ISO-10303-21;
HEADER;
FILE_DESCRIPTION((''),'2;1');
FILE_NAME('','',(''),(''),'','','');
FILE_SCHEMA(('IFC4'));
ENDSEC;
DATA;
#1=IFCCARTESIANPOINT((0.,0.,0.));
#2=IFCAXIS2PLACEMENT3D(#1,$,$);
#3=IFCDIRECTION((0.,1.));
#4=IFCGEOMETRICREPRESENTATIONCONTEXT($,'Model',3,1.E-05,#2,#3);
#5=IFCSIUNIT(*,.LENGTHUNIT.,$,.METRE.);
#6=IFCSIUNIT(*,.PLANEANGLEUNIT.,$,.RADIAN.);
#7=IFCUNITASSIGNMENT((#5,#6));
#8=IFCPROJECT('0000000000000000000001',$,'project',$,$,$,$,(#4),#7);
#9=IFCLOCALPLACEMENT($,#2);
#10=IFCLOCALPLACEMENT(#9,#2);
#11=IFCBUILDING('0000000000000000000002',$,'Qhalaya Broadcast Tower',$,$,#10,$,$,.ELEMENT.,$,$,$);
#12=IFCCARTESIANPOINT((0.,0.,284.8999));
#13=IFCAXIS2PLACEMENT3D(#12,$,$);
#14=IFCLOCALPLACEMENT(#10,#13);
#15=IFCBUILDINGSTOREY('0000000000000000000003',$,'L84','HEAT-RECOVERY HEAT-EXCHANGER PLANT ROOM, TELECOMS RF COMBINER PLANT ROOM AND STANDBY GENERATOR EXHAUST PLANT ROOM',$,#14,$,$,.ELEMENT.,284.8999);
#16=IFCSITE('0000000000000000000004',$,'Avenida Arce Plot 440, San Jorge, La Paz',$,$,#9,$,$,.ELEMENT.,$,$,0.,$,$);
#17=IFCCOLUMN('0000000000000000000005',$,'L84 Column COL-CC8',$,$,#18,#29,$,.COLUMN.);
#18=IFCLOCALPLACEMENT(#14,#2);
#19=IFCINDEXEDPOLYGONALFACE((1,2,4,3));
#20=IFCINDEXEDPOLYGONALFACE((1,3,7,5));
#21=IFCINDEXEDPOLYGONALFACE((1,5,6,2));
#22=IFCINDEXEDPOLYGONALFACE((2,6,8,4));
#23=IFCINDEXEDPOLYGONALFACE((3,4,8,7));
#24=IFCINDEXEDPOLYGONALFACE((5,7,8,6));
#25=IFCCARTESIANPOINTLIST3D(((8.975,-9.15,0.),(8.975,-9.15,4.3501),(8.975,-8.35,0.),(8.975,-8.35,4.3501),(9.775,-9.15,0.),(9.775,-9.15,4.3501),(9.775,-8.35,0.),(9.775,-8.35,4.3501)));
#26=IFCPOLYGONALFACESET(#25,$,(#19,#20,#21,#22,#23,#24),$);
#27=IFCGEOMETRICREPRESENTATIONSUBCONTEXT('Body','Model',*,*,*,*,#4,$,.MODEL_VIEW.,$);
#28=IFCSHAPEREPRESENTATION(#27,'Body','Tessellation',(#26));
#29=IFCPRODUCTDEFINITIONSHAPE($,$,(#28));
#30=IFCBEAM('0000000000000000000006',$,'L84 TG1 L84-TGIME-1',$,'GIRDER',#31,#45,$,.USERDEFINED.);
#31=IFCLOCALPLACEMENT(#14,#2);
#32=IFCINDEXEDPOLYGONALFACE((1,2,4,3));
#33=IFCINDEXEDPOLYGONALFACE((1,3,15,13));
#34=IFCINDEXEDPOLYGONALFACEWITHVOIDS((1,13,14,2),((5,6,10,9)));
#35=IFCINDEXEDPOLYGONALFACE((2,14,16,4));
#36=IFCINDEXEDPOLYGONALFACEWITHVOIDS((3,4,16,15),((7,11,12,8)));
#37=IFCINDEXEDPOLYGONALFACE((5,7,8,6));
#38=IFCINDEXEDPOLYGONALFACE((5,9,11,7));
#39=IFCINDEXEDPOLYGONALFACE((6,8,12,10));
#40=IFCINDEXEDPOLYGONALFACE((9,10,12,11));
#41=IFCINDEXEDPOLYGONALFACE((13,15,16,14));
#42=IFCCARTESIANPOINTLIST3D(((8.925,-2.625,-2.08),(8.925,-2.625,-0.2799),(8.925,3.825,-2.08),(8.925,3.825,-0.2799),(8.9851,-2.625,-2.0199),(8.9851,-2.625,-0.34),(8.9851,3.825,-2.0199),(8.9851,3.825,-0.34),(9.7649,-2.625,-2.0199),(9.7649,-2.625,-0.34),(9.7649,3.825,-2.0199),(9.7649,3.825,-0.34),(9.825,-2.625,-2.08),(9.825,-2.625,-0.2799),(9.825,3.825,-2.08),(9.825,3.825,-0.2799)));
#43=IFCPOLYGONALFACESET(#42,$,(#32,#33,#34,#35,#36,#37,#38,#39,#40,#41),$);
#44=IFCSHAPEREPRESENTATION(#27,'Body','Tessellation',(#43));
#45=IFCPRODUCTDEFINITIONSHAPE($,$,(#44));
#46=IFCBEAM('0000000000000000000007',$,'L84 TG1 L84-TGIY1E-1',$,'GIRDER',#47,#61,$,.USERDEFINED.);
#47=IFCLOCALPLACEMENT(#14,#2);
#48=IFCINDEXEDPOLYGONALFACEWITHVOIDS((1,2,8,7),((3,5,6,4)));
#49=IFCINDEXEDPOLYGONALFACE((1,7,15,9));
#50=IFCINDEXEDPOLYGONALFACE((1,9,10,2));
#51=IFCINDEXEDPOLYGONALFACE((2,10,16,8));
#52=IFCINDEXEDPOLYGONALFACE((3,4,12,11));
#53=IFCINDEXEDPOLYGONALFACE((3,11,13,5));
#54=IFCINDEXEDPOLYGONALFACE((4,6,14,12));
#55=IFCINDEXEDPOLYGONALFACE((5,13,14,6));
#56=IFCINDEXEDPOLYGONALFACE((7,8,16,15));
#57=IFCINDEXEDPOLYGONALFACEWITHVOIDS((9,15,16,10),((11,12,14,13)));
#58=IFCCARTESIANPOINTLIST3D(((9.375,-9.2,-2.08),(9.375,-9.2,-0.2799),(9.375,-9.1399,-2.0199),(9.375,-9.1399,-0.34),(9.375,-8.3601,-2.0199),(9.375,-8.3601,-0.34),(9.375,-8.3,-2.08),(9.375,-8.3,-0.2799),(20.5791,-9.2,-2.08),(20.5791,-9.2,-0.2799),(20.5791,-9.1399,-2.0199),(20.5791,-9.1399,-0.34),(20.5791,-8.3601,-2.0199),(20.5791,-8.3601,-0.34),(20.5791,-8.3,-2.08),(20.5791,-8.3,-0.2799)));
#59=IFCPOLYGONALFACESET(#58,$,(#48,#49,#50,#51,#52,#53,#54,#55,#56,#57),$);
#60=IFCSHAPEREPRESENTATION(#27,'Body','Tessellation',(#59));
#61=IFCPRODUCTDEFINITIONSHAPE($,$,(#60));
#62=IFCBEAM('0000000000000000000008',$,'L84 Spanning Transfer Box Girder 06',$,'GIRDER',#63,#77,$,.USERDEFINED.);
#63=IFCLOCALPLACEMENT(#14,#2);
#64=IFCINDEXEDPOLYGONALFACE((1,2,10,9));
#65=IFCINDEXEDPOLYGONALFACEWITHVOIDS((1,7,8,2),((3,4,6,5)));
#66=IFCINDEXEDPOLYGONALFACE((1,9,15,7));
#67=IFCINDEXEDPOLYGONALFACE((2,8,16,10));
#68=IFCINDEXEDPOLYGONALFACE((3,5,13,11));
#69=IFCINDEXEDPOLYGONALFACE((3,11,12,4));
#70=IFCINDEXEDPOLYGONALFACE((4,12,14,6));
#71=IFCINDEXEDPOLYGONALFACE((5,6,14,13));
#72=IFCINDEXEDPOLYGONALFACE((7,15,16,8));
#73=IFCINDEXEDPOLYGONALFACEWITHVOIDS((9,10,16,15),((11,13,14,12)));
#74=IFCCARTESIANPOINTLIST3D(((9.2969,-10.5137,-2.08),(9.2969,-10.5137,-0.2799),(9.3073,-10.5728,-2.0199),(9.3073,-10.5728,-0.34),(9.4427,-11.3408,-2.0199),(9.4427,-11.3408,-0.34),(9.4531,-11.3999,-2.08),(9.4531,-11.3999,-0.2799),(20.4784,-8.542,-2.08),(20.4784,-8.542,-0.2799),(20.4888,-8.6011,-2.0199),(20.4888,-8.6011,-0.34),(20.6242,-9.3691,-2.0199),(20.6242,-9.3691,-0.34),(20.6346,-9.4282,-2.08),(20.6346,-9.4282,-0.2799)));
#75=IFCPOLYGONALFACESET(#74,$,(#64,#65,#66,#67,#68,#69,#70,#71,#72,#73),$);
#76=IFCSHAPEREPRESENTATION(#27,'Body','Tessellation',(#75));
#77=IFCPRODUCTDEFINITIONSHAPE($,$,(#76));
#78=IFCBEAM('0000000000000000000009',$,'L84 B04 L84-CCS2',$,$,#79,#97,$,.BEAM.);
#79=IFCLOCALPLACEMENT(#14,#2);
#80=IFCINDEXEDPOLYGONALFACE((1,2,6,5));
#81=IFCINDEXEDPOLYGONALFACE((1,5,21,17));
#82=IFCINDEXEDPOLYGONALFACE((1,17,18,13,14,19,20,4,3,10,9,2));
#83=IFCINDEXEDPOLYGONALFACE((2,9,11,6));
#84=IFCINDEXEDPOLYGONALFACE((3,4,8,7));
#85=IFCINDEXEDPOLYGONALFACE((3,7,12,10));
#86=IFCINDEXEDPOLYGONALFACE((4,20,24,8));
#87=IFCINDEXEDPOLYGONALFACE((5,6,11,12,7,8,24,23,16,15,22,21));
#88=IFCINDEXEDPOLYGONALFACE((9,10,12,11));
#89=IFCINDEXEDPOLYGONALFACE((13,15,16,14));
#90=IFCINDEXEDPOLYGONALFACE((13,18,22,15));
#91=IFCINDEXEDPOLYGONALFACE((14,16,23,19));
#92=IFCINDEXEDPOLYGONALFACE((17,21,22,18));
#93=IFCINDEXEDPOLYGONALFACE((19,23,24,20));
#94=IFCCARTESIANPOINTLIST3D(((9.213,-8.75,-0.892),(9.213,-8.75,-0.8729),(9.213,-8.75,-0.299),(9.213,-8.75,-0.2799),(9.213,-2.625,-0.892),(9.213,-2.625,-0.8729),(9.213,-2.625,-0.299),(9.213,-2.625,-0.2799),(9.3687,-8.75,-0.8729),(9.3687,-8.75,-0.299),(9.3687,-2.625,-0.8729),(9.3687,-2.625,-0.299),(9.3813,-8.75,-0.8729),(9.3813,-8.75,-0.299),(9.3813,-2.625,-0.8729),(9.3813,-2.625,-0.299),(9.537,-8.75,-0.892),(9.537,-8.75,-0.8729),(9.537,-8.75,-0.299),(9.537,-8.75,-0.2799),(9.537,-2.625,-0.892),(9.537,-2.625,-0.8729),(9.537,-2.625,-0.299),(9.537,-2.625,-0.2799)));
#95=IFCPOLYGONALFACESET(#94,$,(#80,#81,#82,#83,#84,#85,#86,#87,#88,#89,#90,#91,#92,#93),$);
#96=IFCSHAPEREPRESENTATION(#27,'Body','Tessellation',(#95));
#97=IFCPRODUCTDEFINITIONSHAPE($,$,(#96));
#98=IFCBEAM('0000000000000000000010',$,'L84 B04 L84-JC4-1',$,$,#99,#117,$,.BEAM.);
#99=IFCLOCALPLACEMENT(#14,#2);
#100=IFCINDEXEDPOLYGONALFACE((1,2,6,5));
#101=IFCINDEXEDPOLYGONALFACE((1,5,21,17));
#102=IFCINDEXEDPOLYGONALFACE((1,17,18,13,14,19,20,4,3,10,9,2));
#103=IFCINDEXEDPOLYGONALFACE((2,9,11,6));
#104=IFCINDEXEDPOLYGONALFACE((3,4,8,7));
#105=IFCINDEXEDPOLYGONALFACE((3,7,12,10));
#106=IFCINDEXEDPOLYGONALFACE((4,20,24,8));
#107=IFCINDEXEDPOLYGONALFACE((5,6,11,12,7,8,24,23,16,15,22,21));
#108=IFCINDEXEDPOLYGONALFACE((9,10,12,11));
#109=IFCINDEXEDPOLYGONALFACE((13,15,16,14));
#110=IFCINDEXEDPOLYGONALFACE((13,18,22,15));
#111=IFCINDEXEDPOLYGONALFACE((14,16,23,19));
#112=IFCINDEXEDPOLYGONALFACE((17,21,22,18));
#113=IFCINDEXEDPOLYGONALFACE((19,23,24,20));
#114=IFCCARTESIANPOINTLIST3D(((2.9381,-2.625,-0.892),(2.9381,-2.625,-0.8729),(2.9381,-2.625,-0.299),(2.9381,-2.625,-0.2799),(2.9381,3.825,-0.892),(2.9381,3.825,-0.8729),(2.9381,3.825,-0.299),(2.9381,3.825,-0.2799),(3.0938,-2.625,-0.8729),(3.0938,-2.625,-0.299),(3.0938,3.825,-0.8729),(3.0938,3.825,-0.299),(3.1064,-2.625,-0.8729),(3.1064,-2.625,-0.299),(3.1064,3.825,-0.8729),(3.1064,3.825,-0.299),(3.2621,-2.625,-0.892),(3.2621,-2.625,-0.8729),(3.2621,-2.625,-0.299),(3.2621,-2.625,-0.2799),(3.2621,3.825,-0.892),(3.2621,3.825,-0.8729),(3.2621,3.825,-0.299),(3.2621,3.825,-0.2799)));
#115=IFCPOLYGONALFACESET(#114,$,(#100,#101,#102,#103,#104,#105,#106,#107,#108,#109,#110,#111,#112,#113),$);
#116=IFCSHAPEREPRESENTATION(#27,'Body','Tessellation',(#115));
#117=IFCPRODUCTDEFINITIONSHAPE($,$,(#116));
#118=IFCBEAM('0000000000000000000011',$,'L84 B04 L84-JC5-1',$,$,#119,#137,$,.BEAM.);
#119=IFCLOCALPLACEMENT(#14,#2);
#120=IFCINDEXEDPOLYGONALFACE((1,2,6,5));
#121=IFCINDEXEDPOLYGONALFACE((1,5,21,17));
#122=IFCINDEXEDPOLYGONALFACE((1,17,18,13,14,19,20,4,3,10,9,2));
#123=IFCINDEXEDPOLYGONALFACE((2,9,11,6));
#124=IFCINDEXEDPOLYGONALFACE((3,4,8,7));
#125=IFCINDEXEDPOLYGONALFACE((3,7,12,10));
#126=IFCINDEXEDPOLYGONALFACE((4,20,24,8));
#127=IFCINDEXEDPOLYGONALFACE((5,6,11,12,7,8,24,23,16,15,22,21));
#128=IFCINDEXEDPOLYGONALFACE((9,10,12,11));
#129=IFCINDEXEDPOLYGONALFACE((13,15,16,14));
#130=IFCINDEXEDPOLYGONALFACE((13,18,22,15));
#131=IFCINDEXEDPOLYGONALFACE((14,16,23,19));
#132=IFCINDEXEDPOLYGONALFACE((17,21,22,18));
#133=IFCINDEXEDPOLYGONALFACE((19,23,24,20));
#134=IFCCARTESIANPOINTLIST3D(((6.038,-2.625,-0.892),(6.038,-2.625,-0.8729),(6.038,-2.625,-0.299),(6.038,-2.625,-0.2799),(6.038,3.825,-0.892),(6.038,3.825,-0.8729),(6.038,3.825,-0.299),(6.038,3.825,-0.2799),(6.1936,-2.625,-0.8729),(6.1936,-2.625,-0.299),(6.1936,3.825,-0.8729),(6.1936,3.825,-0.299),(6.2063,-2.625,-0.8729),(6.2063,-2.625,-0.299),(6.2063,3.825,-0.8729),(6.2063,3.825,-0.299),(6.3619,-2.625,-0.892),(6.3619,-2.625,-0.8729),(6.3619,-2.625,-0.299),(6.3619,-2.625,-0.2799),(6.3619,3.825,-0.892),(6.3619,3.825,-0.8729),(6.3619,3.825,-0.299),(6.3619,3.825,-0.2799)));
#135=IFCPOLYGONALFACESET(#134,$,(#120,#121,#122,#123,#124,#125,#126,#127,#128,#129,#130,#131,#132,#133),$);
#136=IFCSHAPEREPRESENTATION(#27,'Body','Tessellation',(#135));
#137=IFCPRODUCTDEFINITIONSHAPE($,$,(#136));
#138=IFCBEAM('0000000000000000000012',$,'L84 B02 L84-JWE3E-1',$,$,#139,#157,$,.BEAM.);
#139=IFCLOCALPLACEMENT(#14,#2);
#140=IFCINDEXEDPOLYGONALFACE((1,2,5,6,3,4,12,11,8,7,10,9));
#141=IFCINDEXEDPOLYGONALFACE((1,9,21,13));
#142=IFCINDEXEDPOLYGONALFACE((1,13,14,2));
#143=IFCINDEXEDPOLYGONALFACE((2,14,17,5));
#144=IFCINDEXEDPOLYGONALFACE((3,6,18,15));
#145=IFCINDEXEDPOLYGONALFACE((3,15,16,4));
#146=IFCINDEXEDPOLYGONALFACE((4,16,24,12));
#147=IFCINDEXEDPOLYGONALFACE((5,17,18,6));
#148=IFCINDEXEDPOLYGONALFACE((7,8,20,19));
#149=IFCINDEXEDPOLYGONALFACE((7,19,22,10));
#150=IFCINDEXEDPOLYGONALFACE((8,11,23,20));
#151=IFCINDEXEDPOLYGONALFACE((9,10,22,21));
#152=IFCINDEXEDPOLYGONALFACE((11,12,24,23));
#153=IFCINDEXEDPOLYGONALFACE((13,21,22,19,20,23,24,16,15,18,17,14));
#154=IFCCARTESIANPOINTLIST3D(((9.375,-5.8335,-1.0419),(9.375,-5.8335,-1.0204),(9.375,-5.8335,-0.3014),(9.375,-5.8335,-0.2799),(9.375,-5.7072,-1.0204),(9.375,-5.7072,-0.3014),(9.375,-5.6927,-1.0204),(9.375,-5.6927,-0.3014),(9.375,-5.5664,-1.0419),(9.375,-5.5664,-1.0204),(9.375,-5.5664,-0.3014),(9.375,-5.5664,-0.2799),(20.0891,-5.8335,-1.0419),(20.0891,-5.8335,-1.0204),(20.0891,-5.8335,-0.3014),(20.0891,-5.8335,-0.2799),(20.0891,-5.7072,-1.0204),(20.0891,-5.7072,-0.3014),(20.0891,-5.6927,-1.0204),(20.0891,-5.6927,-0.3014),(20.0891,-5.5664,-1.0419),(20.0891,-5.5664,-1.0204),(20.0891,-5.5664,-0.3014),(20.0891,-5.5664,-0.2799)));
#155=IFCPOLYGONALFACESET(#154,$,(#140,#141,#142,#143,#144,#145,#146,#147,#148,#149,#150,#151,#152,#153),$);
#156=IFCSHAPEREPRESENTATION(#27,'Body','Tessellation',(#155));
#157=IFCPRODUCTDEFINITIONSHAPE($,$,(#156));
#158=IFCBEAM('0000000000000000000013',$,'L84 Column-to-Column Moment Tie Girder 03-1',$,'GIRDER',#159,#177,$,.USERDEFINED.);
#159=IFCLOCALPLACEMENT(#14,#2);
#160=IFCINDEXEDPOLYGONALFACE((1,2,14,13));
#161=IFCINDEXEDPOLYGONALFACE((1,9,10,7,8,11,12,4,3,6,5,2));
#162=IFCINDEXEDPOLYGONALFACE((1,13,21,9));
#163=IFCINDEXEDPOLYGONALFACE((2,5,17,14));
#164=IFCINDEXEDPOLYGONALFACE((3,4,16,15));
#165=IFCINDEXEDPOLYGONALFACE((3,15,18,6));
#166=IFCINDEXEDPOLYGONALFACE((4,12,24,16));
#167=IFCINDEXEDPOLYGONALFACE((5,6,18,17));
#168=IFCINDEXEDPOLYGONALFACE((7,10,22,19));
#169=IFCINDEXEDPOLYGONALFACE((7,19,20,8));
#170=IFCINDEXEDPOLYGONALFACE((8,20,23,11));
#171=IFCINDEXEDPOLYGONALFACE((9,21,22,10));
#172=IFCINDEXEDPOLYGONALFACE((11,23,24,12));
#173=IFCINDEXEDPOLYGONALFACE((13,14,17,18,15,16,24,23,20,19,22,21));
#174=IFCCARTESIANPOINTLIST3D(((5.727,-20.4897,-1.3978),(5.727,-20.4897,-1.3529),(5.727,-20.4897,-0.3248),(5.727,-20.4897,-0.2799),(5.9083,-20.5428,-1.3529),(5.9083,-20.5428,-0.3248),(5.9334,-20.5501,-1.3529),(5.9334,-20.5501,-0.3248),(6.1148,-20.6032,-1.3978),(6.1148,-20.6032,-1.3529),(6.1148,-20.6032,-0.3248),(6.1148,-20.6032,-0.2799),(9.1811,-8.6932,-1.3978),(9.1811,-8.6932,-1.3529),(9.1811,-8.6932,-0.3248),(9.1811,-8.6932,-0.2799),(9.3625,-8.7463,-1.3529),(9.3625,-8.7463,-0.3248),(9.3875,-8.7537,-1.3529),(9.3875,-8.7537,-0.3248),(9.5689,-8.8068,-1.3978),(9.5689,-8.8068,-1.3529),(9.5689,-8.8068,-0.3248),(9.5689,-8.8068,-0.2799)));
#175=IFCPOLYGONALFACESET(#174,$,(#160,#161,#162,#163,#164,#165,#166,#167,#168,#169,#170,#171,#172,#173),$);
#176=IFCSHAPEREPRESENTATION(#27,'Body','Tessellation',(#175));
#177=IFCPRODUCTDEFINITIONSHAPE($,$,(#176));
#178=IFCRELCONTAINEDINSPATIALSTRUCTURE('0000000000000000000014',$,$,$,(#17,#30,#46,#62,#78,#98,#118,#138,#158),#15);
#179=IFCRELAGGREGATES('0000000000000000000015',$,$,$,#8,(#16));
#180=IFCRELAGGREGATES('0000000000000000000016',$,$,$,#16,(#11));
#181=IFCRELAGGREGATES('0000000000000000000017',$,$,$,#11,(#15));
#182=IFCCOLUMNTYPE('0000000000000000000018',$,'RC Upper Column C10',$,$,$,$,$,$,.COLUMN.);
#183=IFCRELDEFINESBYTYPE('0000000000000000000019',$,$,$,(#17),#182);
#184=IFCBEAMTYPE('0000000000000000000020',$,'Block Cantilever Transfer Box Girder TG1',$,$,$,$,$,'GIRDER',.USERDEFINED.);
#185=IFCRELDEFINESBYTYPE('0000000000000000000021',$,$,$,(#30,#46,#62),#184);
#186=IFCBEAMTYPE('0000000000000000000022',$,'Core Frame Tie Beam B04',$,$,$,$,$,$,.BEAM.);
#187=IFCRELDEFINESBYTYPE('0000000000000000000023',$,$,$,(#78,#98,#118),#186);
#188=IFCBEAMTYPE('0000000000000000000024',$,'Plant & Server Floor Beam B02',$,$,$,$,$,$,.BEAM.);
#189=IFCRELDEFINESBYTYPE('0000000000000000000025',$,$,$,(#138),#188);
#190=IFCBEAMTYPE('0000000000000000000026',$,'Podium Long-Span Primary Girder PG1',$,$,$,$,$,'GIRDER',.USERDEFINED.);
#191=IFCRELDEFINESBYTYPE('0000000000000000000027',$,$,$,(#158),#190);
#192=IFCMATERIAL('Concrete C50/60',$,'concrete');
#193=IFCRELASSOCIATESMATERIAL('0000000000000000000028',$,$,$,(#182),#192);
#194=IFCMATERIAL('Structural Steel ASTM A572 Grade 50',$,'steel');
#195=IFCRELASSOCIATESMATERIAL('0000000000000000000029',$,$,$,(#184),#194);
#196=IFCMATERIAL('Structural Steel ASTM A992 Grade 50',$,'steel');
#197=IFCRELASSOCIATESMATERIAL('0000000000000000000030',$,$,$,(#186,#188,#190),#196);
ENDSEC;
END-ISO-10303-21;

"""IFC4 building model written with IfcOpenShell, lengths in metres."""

from ifc_helpers import new_model, si_unit, direction, frame, origin, origin_2d, place, context, subcontext, project, spatial, rectangle, hollow_rectangle, i_section, extrude, material, material_profile, profile_set, type_object, element, save


model = new_model("IFC4")

# Units and contexts
model_context = context("Model", 3, precision=1e-05, world=origin(), true_north=direction((0.0, 1.0)))
body_context = subcontext(model_context, "Body", "Model", "MODEL_VIEW")
ifc_project = project(units=[si_unit("LENGTHUNIT", "METRE"), si_unit("PLANEANGLEUNIT", "RADIAN")], contexts=[model_context])

# Site, building, storey
site_placement = place(None, origin())
site = spatial("IfcSite", under=ifc_project, at=site_placement, Name="Avenida Arce Plot 440, San Jorge, La Paz", CompositionType="ELEMENT", RefElevation=0.0)
building_placement = place(site_placement, origin())
building = spatial("IfcBuilding", under=site, at=building_placement, Name="Qhalaya Broadcast Tower", CompositionType="ELEMENT")
storey_placement = place(building_placement, frame((0.0, 0.0, 284.8999)))
storey = spatial("IfcBuildingStorey", under=building, at=storey_placement, Name="L84", Description="HEAT-RECOVERY HEAT-EXCHANGER PLANT ROOM, TELECOMS RF COMBINER PLANT ROOM AND STANDBY GENERATOR EXHAUST PLANT ROOM", CompositionType="ELEMENT", Elevation=284.8999)

# Column
ifc_material_1 = material(Name="Concrete C50/60", Category="concrete")
ifc_material_profile_1 = material_profile(ifc_material_1, rectangle(XDim=0.8, YDim=0.8, at=origin_2d()), Name="RC-COL 800x800")
ifc_profile_set_1 = profile_set([ifc_material_profile_1], Name="Concrete C50/60")
column_type = type_object("IfcColumnType", Name="RC Upper Column C10", PredefinedType="COLUMN", material=ifc_profile_set_1)
column_placement = place(storey_placement, frame((9.375, -8.75, 0.0), z_axis=(0.0, 0.0, 1.0), x_axis=(1.0, 0.0, 0.0)))
element("IfcColumn", 1, at=column_placement, inside=storey, type_object=column_type, Name="L84 Column COL-CC8", PredefinedType="COLUMN", context=body_context, shape_type="SweptSolid", body=[
    extrude(rectangle(XDim=0.8, YDim=0.8, at=origin_2d()), origin(), (0.0, 0.0, 1.0), 4.3501),
])

# Beams
ifc_material_2 = material(Name="Structural Steel ASTM A572 Grade 50", Category="steel")
ifc_material_profile_2 = material_profile(ifc_material_2, hollow_rectangle(XDim=0.8999, YDim=1.8, WallThickness=0.0601, at=origin_2d()), Name="BOX 900x1800x60")
ifc_profile_set_2 = profile_set([ifc_material_profile_2], Name="Structural Steel ASTM A572 Grade 50")
beam_type_1 = type_object("IfcBeamType", Name="Block Cantilever Transfer Box Girder TG1", ElementType="GIRDER", PredefinedType="USERDEFINED", material=ifc_profile_set_2)
beam_1_placement = place(storey_placement, frame((9.375, -2.625, -1.1799), z_axis=(0.0, 1.0, 0.0), x_axis=(-1.0, 0.0, 0.0)))
element("IfcBeam", 2, at=beam_1_placement, inside=storey, type_object=beam_type_1, Name="L84 TG1 L84-TGIME-1", ObjectType="GIRDER", PredefinedType="USERDEFINED", context=body_context, shape_type="SweptSolid", body=[
    extrude(hollow_rectangle(XDim=0.8999, YDim=1.8, WallThickness=0.0601, at=origin_2d()), origin(), (0.0, 0.0, 1.0), 6.45),
])
beam_2_placement = place(storey_placement, frame((9.375, -8.75, -1.1799), z_axis=(1.0, 0.0, 0.0), x_axis=(0.0, 1.0, 0.0)))
element("IfcBeam", 3, at=beam_2_placement, inside=storey, type_object=beam_type_1, Name="L84 TG1 L84-TGIY1E-1", ObjectType="GIRDER", PredefinedType="USERDEFINED", context=body_context, shape_type="SweptSolid", body=[
    extrude(hollow_rectangle(XDim=0.8999, YDim=1.8, WallThickness=0.0601, at=origin_2d()), origin(), (0.0, 0.0, 1.0), 11.2041),
])
beam_3_placement = place(storey_placement, frame((9.375, -10.9568, -1.1799), z_axis=(0.984806, 0.173657, 0.0), x_axis=(-0.173657, 0.984806, 0.0)))
element("IfcBeam", 4, at=beam_3_placement, inside=storey, type_object=beam_type_1, Name="L84 Spanning Transfer Box Girder 06", ObjectType="GIRDER", PredefinedType="USERDEFINED", context=body_context, shape_type="SweptSolid", body=[
    extrude(hollow_rectangle(XDim=0.8999, YDim=1.8, WallThickness=0.0601, at=origin_2d()), origin(), (0.0, 0.0, 1.0), 11.354),
])
ifc_material_3 = material(Name="Structural Steel ASTM A992 Grade 50", Category="steel")
ifc_material_profile_3 = material_profile(ifc_material_3, i_section(OverallWidth=0.324, OverallDepth=0.6121, WebThickness=0.0127, FlangeThickness=0.019, at=origin_2d()), Name="W24X104")
ifc_profile_set_3 = profile_set([ifc_material_profile_3], Name="Structural Steel ASTM A992 Grade 50")
beam_type_2 = type_object("IfcBeamType", Name="Core Frame Tie Beam B04", PredefinedType="BEAM", material=ifc_profile_set_3)
beam_4_placement = place(storey_placement, frame((9.375, -8.75, -0.5859), z_axis=(0.0, 1.0, 0.0), x_axis=(-1.0, 0.0, 0.0)))
element("IfcBeam", 5, at=beam_4_placement, inside=storey, type_object=beam_type_2, Name="L84 B04 L84-CCS2", PredefinedType="BEAM", context=body_context, shape_type="SweptSolid", body=[
    extrude(i_section(OverallWidth=0.324, OverallDepth=0.6121, WebThickness=0.0127, FlangeThickness=0.019, at=origin_2d()), origin(), (0.0, 0.0, 1.0), 6.125),
])
for number, where, z_axis, x_axis, name in (
    (6, (3.1001, -2.625, -0.5859), (0.0, 1.0, 0.0), (-1.0, 0.0, 0.0), "L84 B04 L84-JC4-1"),
    (7, (6.2, -2.625, -0.5859), (0.0, 1.0, 0.0), (-1.0, 0.0, 0.0), "L84 B04 L84-JC5-1"),
):
    element("IfcBeam", number, at=place(storey_placement, frame(where, z_axis=z_axis, x_axis=x_axis)), inside=storey, type_object=beam_type_2, Name=name, PredefinedType="BEAM", context=body_context, shape_type="SweptSolid", body=[
        extrude(i_section(OverallWidth=0.324, OverallDepth=0.6121, WebThickness=0.0127, FlangeThickness=0.019, at=origin_2d()), origin(), (0.0, 0.0, 1.0), 6.45),
    ])
ifc_material_profile_4 = material_profile(ifc_material_3, i_section(OverallWidth=0.2671, OverallDepth=0.762, WebThickness=0.0144, FlangeThickness=0.0215, at=origin_2d()), Name="W30X116")
ifc_profile_set_4 = profile_set([ifc_material_profile_4], Name="Structural Steel ASTM A992 Grade 50")
beam_type_3 = type_object("IfcBeamType", Name="Plant & Server Floor Beam B02", PredefinedType="BEAM", material=ifc_profile_set_4)
beam_5_placement = place(storey_placement, frame((9.375, -5.7, -0.6609), z_axis=(1.0, 0.0, 0.0), x_axis=(0.0, 1.0, 0.0)))
element("IfcBeam", 8, at=beam_5_placement, inside=storey, type_object=beam_type_3, Name="L84 B02 L84-JWE3E-1", PredefinedType="BEAM", context=body_context, shape_type="SweptSolid", body=[
    extrude(i_section(OverallWidth=0.2671, OverallDepth=0.762, WebThickness=0.0144, FlangeThickness=0.0215, at=origin_2d()), origin(), (0.0, 0.0, 1.0), 10.7141),
])
ifc_material_profile_5 = material_profile(ifc_material_3, i_section(OverallWidth=0.4041, OverallDepth=1.1179, WebThickness=0.0261, FlangeThickness=0.0449, at=origin_2d()), Name="W44X335")
ifc_profile_set_5 = profile_set([ifc_material_profile_5], Name="Structural Steel ASTM A992 Grade 50")
beam_type_4 = type_object("IfcBeamType", Name="Podium Long-Span Primary Girder PG1", ElementType="GIRDER", PredefinedType="USERDEFINED", material=ifc_profile_set_5)
beam_6_placement = place(storey_placement, frame((9.375, -8.75, -0.8389), z_axis=(-0.281011, -0.959704, 0.0), x_axis=(0.959704, -0.281011, 0.0)))
element("IfcBeam", 9, at=beam_6_placement, inside=storey, type_object=beam_type_4, Name="L84 Column-to-Column Moment Tie Girder 03-1", ObjectType="GIRDER", PredefinedType="USERDEFINED", context=body_context, shape_type="SweptSolid", body=[
    extrude(i_section(OverallWidth=0.4041, OverallDepth=1.1179, WebThickness=0.0261, FlangeThickness=0.0449, at=origin_2d()), origin(), (0.0, 0.0, 1.0), 12.2917),
])

save(model, "model.ifc")
